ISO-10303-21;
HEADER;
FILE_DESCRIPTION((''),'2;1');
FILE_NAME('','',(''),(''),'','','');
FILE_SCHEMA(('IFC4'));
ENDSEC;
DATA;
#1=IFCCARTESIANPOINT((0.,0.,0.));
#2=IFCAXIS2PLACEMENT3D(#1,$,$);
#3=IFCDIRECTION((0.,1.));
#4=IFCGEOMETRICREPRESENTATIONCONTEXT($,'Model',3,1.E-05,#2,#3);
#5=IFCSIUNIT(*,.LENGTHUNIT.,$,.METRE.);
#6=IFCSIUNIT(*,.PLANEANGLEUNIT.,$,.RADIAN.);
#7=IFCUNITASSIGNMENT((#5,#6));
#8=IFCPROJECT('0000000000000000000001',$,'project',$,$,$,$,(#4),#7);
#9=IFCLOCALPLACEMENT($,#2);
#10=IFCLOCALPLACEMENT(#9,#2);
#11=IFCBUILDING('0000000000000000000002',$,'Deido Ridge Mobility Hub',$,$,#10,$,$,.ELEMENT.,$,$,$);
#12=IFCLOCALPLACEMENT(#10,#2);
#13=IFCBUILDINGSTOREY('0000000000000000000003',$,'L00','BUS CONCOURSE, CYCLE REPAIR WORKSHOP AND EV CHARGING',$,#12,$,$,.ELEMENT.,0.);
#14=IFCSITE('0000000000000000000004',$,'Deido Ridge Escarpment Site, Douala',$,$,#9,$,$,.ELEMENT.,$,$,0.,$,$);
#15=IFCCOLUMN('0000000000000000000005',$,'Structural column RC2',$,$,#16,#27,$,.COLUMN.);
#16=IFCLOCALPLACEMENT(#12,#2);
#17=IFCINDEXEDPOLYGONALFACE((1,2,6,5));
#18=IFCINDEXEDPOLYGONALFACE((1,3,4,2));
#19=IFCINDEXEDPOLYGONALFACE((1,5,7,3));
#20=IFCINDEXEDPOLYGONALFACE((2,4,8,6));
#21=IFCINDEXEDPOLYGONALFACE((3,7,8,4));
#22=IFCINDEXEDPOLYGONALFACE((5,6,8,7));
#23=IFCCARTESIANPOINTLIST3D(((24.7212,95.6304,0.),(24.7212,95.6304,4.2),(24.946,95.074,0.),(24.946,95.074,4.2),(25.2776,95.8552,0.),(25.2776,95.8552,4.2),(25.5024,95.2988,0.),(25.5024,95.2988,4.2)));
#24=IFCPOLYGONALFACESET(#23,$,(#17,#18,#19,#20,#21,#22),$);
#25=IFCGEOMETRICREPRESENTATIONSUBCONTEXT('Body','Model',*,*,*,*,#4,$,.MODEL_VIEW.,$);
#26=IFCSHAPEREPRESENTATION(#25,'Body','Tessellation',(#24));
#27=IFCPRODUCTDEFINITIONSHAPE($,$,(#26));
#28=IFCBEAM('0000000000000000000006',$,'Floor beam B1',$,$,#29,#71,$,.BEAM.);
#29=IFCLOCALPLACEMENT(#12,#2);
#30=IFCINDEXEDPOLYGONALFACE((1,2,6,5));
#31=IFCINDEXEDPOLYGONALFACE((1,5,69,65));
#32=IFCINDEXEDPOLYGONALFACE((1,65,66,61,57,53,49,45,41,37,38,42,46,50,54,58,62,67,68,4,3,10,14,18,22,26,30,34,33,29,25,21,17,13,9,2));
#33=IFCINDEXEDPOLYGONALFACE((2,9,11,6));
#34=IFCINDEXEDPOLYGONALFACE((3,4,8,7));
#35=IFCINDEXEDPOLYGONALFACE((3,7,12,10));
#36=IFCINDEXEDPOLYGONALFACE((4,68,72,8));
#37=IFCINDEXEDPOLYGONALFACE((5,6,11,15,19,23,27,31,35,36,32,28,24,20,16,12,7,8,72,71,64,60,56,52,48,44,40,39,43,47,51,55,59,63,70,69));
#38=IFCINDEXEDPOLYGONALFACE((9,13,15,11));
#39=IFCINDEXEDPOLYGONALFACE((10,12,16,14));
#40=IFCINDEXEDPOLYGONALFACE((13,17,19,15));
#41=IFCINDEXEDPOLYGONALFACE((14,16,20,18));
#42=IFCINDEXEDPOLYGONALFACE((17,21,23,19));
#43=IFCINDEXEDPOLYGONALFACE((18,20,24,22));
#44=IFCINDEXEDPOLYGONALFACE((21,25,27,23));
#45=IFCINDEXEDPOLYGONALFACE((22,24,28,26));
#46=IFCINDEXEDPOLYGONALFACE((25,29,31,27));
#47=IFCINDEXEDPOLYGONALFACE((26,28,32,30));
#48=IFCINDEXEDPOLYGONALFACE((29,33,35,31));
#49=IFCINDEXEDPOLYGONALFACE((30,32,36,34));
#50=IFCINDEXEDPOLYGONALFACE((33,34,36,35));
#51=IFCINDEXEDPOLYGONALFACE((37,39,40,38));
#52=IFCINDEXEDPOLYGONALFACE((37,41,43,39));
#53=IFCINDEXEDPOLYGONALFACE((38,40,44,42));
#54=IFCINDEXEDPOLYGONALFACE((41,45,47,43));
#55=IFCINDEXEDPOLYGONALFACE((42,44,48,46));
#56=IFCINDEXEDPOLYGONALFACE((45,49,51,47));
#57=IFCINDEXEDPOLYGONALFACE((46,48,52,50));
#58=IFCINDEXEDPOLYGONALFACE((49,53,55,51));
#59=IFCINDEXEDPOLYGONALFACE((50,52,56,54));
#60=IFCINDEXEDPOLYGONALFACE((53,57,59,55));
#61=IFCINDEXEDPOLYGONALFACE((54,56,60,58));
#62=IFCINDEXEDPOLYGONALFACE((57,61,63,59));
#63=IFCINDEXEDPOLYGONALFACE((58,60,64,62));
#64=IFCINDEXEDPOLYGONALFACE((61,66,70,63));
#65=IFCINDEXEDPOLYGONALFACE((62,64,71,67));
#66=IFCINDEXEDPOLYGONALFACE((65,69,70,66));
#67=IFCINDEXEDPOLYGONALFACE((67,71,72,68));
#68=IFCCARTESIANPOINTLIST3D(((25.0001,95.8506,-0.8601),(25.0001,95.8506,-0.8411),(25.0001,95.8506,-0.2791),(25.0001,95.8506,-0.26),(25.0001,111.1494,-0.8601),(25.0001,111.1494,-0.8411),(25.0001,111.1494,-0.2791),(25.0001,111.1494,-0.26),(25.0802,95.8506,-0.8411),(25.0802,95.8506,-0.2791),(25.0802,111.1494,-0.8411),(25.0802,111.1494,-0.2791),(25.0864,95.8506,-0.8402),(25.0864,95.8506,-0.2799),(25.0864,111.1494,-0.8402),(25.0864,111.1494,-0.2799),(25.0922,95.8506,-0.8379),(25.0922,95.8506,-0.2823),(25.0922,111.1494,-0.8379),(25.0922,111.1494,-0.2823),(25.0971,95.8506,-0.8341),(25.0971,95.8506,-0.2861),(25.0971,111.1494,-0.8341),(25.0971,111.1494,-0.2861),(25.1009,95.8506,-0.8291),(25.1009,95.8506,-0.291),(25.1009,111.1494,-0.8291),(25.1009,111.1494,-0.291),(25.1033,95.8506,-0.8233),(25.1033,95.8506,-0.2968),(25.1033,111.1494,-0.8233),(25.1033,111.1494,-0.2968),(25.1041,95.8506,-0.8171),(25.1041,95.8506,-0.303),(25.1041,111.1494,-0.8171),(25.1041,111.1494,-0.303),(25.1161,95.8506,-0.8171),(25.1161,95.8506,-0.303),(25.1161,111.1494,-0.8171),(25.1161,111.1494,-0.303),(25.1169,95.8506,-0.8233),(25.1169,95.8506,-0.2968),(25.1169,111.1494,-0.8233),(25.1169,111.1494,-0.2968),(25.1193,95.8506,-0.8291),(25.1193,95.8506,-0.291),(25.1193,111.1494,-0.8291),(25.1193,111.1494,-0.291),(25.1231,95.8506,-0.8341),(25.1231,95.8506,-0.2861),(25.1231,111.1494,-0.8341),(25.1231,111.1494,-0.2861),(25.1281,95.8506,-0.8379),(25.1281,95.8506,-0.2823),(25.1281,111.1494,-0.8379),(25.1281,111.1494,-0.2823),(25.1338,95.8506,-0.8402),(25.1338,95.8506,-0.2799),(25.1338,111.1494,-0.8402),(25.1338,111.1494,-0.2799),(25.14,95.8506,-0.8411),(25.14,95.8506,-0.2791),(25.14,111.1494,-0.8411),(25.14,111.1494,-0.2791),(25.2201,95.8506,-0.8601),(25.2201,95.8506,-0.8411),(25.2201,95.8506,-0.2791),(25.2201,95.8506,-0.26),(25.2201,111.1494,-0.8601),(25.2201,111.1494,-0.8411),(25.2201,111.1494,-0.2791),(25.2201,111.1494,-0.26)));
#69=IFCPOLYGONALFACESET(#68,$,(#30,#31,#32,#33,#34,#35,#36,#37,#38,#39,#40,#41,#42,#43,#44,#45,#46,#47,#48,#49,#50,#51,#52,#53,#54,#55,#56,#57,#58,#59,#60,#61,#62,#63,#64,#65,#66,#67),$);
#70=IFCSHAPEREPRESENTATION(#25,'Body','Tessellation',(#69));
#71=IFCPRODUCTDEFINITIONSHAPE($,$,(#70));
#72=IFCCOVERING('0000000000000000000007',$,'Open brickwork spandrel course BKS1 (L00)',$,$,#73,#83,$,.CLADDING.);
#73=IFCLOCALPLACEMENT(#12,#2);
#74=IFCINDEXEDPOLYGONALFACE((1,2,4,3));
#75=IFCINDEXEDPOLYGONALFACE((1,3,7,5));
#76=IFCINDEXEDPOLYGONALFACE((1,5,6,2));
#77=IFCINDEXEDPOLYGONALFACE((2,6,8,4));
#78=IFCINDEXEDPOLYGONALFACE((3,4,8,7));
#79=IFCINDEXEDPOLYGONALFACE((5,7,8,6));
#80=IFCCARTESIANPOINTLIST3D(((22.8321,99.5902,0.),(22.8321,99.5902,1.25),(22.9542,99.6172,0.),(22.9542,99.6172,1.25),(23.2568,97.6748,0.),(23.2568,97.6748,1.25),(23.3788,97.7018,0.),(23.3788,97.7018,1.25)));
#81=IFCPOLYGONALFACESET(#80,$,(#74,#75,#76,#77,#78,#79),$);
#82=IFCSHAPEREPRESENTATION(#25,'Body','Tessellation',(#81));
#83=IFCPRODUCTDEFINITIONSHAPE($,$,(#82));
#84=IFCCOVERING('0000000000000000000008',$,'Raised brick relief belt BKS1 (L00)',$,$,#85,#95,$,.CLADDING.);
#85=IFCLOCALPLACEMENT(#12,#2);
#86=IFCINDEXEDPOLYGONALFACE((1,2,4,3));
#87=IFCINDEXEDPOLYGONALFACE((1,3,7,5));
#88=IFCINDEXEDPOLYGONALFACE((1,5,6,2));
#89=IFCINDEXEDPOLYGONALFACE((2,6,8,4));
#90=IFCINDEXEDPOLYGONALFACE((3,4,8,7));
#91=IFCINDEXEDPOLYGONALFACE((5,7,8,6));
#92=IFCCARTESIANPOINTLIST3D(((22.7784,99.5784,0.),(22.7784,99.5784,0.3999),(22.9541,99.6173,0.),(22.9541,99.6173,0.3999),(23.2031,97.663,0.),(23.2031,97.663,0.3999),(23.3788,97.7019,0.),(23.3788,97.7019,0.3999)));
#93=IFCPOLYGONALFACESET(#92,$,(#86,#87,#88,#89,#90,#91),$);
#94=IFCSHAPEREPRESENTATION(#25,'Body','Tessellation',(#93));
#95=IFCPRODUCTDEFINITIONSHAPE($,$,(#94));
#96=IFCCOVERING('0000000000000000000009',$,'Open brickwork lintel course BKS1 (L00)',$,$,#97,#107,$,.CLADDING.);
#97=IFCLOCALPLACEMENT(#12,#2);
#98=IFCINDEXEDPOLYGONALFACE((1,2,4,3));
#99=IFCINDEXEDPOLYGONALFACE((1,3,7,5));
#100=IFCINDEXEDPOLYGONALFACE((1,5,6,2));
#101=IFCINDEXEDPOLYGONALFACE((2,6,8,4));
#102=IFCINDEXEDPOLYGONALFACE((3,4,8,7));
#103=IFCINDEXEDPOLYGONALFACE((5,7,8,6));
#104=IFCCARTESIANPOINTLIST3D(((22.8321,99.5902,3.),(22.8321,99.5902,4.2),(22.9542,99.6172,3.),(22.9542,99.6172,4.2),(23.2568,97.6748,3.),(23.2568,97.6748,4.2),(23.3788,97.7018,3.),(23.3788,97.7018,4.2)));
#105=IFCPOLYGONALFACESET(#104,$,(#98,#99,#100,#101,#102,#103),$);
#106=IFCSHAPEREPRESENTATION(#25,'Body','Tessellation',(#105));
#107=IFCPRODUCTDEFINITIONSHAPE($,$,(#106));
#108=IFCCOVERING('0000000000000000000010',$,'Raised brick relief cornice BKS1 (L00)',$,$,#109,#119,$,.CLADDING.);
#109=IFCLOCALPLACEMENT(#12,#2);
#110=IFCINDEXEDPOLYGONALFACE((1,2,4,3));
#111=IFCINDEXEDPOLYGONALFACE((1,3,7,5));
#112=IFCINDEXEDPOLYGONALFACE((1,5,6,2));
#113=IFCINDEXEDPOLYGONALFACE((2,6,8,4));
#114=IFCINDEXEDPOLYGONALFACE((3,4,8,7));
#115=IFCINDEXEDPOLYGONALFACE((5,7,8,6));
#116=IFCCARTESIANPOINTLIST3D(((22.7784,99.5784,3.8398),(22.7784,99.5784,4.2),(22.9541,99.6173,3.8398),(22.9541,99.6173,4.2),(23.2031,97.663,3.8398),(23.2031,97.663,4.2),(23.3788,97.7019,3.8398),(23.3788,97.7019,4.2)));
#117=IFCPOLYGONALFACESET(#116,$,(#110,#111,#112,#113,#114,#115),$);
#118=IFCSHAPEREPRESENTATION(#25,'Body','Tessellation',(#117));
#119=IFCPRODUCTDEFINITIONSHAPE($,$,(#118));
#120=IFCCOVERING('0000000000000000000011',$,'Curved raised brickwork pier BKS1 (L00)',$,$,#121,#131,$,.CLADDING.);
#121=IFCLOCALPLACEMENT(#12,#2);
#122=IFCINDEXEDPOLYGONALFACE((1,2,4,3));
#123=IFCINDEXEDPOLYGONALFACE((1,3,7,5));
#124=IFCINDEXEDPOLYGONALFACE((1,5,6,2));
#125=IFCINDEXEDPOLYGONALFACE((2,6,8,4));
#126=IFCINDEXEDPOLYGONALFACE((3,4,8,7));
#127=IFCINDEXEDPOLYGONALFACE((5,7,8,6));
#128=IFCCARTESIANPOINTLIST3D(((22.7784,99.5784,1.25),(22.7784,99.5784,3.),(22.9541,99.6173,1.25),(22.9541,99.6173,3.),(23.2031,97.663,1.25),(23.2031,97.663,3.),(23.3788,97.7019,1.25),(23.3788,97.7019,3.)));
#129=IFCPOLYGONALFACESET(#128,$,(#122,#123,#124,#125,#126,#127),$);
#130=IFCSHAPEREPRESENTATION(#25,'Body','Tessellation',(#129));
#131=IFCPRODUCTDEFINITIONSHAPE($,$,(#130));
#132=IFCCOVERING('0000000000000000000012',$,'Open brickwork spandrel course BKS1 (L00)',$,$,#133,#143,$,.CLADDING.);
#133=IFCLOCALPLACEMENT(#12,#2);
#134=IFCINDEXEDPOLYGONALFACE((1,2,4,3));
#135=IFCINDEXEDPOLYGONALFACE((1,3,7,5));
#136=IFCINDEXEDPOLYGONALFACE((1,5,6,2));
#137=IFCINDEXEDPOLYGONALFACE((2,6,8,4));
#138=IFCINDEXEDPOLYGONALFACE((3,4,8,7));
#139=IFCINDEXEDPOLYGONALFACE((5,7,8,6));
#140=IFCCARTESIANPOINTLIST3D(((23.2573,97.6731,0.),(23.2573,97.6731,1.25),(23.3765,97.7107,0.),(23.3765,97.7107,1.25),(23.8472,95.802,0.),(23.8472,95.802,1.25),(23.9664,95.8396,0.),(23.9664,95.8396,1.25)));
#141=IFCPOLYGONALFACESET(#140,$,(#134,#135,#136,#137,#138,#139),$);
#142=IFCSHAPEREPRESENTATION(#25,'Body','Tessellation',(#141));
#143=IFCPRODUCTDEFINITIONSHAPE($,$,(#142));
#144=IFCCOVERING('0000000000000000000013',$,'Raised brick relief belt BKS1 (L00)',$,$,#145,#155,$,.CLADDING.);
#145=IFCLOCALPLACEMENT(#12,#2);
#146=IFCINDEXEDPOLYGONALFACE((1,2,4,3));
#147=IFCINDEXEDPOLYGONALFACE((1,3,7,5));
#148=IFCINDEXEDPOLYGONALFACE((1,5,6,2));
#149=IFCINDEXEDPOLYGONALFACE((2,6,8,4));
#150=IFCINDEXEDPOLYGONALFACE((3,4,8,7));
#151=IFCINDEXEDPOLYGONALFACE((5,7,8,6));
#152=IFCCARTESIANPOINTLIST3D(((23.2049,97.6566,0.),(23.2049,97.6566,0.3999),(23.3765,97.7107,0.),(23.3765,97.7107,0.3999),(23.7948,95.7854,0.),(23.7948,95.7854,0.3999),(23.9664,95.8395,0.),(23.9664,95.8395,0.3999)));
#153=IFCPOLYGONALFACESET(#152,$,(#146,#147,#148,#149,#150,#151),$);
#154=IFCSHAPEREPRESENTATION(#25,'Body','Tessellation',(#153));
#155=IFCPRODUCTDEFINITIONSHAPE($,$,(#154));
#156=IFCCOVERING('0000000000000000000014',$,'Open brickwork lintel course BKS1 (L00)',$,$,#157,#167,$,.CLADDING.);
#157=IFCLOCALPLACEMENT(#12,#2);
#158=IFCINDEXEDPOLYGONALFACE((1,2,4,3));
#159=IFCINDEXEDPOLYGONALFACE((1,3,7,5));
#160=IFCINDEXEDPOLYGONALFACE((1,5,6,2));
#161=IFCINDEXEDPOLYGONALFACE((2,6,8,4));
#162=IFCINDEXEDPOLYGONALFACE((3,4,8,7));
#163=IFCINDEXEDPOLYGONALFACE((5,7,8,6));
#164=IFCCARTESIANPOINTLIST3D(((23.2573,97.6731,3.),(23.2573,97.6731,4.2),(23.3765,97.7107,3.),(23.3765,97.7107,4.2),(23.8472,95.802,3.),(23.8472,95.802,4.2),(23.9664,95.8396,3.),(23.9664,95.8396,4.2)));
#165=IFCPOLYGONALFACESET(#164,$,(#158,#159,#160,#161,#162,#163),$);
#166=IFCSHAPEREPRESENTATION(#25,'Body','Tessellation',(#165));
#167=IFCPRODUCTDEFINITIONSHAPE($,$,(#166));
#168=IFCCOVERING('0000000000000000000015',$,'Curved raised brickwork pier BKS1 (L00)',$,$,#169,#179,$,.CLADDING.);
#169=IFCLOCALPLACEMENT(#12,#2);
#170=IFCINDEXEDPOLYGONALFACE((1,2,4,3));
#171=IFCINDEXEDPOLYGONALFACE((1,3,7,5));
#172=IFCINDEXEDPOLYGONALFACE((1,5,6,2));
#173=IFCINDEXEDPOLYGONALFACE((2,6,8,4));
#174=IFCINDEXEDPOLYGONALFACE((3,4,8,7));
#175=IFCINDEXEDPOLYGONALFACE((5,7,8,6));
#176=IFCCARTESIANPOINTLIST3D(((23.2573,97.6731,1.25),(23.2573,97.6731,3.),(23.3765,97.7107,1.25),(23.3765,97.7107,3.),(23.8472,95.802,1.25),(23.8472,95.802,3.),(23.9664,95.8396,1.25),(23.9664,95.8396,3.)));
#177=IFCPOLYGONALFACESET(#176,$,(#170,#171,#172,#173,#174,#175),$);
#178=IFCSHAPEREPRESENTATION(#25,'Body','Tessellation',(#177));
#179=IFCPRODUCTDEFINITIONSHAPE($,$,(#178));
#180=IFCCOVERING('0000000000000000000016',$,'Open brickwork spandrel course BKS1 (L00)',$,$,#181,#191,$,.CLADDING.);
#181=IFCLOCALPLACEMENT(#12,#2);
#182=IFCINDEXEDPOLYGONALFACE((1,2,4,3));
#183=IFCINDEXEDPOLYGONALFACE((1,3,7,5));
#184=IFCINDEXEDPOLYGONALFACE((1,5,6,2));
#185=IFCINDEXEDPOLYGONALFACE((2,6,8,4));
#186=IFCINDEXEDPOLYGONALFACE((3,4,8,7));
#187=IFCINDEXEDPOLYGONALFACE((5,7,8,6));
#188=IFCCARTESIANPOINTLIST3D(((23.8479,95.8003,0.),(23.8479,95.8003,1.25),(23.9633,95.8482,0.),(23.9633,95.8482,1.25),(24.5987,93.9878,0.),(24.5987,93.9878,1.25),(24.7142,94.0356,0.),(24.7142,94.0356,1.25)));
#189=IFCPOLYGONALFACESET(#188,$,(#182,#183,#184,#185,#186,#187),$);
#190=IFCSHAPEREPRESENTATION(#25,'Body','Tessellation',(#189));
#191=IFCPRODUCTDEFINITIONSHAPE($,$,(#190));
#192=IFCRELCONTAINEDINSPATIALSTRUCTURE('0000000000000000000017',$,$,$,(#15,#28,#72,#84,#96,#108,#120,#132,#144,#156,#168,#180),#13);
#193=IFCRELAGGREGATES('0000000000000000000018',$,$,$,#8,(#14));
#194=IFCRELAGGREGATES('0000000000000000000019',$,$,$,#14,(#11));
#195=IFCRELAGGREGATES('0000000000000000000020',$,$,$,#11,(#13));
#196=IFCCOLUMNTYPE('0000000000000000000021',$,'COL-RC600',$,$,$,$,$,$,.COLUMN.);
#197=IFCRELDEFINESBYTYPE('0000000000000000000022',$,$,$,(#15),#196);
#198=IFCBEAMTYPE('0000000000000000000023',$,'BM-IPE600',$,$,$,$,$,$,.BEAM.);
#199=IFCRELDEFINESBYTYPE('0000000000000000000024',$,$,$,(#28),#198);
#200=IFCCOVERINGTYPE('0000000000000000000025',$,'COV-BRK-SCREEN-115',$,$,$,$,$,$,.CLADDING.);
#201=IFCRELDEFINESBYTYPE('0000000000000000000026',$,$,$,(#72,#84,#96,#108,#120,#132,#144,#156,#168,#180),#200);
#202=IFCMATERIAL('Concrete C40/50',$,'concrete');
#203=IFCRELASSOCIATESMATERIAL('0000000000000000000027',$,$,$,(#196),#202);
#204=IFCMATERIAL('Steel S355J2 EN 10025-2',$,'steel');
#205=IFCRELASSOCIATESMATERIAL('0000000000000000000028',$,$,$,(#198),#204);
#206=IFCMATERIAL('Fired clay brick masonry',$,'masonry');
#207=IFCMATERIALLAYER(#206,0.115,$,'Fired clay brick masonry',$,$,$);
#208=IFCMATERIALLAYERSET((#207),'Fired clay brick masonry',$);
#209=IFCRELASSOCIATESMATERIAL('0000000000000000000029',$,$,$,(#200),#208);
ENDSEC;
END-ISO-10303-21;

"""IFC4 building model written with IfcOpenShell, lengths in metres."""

from ifc_helpers import new_model, si_unit, direction, frame, origin, origin_2d, place, context, subcontext, project, spatial, rectangle, i_section, extrude, material, layer, layer_set, material_profile, profile_set, type_object, element, save


model = new_model("IFC4")

# Units and contexts
model_context = context("Model", 3, precision=1e-05, world=origin(), true_north=direction((0.0, 1.0)))
body_context = subcontext(model_context, "Body", "Model", "MODEL_VIEW")
ifc_project = project(units=[si_unit("LENGTHUNIT", "METRE"), si_unit("PLANEANGLEUNIT", "RADIAN")], contexts=[model_context])

# Site, building, storey
site_placement = place(None, origin())
site = spatial("IfcSite", under=ifc_project, at=site_placement, Name="Deido Ridge Escarpment Site, Douala", CompositionType="ELEMENT", RefElevation=0.0)
building_placement = place(site_placement, origin())
building = spatial("IfcBuilding", under=site, at=building_placement, Name="Deido Ridge Mobility Hub", CompositionType="ELEMENT")
storey_placement = place(building_placement, origin())
storey = spatial("IfcBuildingStorey", under=building, at=storey_placement, Name="L00", Description="BUS CONCOURSE, CYCLE REPAIR WORKSHOP AND EV CHARGING", CompositionType="ELEMENT", Elevation=0.0)

# Column
ifc_material_1 = material(Name="Concrete C40/50", Category="concrete")
ifc_material_profile_1 = material_profile(ifc_material_1, rectangle(XDim=0.6001, YDim=0.6001, at=origin_2d()), Name="RC COL 600x600")
ifc_profile_set_1 = profile_set([ifc_material_profile_1], Name="Concrete C40/50")
column_type = type_object("IfcColumnType", Name="COL-RC600", PredefinedType="COLUMN", material=ifc_profile_set_1)
column_placement = place(storey_placement, frame((25.1118, 95.4646, 0.0), z_axis=(0.0, 0.0, 1.0), x_axis=(-0.927184, -0.374607, 0.0)))
element("IfcColumn", 1, at=column_placement, inside=storey, type_object=column_type, Name="Structural column RC2", PredefinedType="COLUMN", context=body_context, shape_type="SweptSolid", body=[
    extrude(rectangle(XDim=0.6001, YDim=0.6001, at=origin_2d()), origin(), (0.0, 0.0, 1.0), 4.2),
])

# Beam
ifc_material_2 = material(Name="Steel S355J2 EN 10025-2", Category="steel")
ifc_material_profile_2 = material_profile(ifc_material_2, i_section(OverallWidth=0.22, OverallDepth=0.6001, WebThickness=0.012, FlangeThickness=0.019, FilletRadius=0.0239, at=origin_2d()), Name="IPE 600")
ifc_profile_set_2 = profile_set([ifc_material_profile_2], Name="Steel S355J2 EN 10025-2")
beam_type = type_object("IfcBeamType", Name="BM-IPE600", PredefinedType="BEAM", material=ifc_profile_set_2)
beam_placement = place(storey_placement, frame((25.1101, 95.8506, -0.5601), z_axis=(0.0, 1.0, 0.0), x_axis=(-1.0, 0.0, 0.0)))
element("IfcBeam", 2, at=beam_placement, inside=storey, type_object=beam_type, Name="Floor beam B1", PredefinedType="BEAM", context=body_context, shape_type="SweptSolid", body=[
    extrude(i_section(OverallWidth=0.22, OverallDepth=0.6001, WebThickness=0.012, FlangeThickness=0.019, FilletRadius=0.0239, at=origin_2d()), origin(), (0.0, 0.0, 1.0), 15.2988),
])

# Coverings
ifc_material_3 = material(Name="Fired clay brick masonry", Category="masonry")
ifc_layer = layer(ifc_material_3, 0.115, Name="Fired clay brick masonry")
ifc_layer_set = layer_set([ifc_layer], Name="Fired clay brick masonry")
covering_type = type_object("IfcCoveringType", Name="COV-BRK-SCREEN-115", PredefinedType="CLADDING", material=ifc_layer_set)
covering_1_placement = place(storey_placement, frame((23.1055, 98.646, 0.0), z_axis=(0.0, 0.0, 1.0), x_axis=(0.216457, -0.976292, 0.0)))
element("IfcCovering", 3, at=covering_1_placement, inside=storey, type_object=covering_type, Name="Open brickwork spandrel course BKS1 (L00)", PredefinedType="CLADDING", context=body_context, shape_type="SweptSolid", body=[
    extrude(rectangle(XDim=1.9619, YDim=0.125, at=origin_2d()), origin(), (0.0, 0.0, 1.0), 1.25),
])
covering_2_placement = place(storey_placement, frame((23.0786, 98.6401, 0.0), z_axis=(0.0, 0.0, 1.0), x_axis=(0.216457, -0.976292, 0.0)))
element("IfcCovering", 4, at=covering_2_placement, inside=storey, type_object=covering_type, Name="Raised brick relief belt BKS1 (L00)", PredefinedType="CLADDING", context=body_context, shape_type="SweptSolid", body=[
    extrude(rectangle(XDim=1.9619, YDim=0.1799, at=origin_2d()), origin(), (0.0, 0.0, 1.0), 0.3999),
])
covering_3_placement = place(storey_placement, frame((23.1055, 98.646, 3.0), z_axis=(0.0, 0.0, 1.0), x_axis=(0.216457, -0.976292, 0.0)))
element("IfcCovering", 5, at=covering_3_placement, inside=storey, type_object=covering_type, Name="Open brickwork lintel course BKS1 (L00)", PredefinedType="CLADDING", context=body_context, shape_type="SweptSolid", body=[
    extrude(rectangle(XDim=1.9619, YDim=0.125, at=origin_2d()), origin(), (0.0, 0.0, 1.0), 1.2),
])
covering_4_placement = place(storey_placement, frame((23.0786, 98.6401, 3.8398), z_axis=(0.0, 0.0, 1.0), x_axis=(0.216457, -0.976292, 0.0)))
element("IfcCovering", 6, at=covering_4_placement, inside=storey, type_object=covering_type, Name="Raised brick relief cornice BKS1 (L00)", PredefinedType="CLADDING", context=body_context, shape_type="SweptSolid", body=[
    extrude(rectangle(XDim=1.9619, YDim=0.1799, at=origin_2d()), origin(), (0.0, 0.0, 1.0), 0.3601),
])
covering_5_placement = place(storey_placement, frame((23.0786, 98.6401, 1.25), z_axis=(0.0, 0.0, 1.0), x_axis=(0.216457, -0.976292, 0.0)))
element("IfcCovering", 7, at=covering_5_placement, inside=storey, type_object=covering_type, Name="Curved raised brickwork pier BKS1 (L00)", PredefinedType="CLADDING", context=body_context, shape_type="SweptSolid", body=[
    extrude(rectangle(XDim=1.9619, YDim=0.1799, at=origin_2d()), origin(), (0.0, 0.0, 1.0), 1.75),
])
covering_6_placement = place(storey_placement, frame((23.6118, 96.7563, 0.0), z_axis=(0.0, 0.0, 1.0), x_axis=(0.300673, -0.953727, 0.0)))
element("IfcCovering", 8, at=covering_6_placement, inside=storey, type_object=covering_type, Name="Open brickwork spandrel course BKS1 (L00)", PredefinedType="CLADDING", context=body_context, shape_type="SweptSolid", body=[
    extrude(rectangle(XDim=1.9619, YDim=0.125, at=origin_2d()), origin(), (0.0, 0.0, 1.0), 1.25),
])
covering_7_placement = place(storey_placement, frame((23.5857, 96.748, 0.0), z_axis=(0.0, 0.0, 1.0), x_axis=(0.300673, -0.953727, 0.0)))
element("IfcCovering", 9, at=covering_7_placement, inside=storey, type_object=covering_type, Name="Raised brick relief belt BKS1 (L00)", PredefinedType="CLADDING", context=body_context, shape_type="SweptSolid", body=[
    extrude(rectangle(XDim=1.9619, YDim=0.1799, at=origin_2d()), origin(), (0.0, 0.0, 1.0), 0.3999),
])
covering_8_placement = place(storey_placement, frame((23.6118, 96.7563, 3.0), z_axis=(0.0, 0.0, 1.0), x_axis=(0.300673, -0.953727, 0.0)))
element("IfcCovering", 10, at=covering_8_placement, inside=storey, type_object=covering_type, Name="Open brickwork lintel course BKS1 (L00)", PredefinedType="CLADDING", context=body_context, shape_type="SweptSolid", body=[
    extrude(rectangle(XDim=1.9619, YDim=0.125, at=origin_2d()), origin(), (0.0, 0.0, 1.0), 1.2),
])
covering_9_placement = place(storey_placement, frame((23.6118, 96.7563, 1.25), z_axis=(0.0, 0.0, 1.0), x_axis=(0.300673, -0.953727, 0.0)))
element("IfcCovering", 11, at=covering_9_placement, inside=storey, type_object=covering_type, Name="Curved raised brickwork pier BKS1 (L00)", PredefinedType="CLADDING", context=body_context, shape_type="SweptSolid", body=[
    extrude(rectangle(XDim=1.9619, YDim=0.125, at=origin_2d()), origin(), (0.0, 0.0, 1.0), 1.75),
])
covering_10_placement = place(storey_placement, frame((24.281, 94.918, 0.0), z_axis=(0.0, 0.0, 1.0), x_axis=(0.3827, -0.923873, 0.0)))
element("IfcCovering", 12, at=covering_10_placement, inside=storey, type_object=covering_type, Name="Open brickwork spandrel course BKS1 (L00)", PredefinedType="CLADDING", context=body_context, shape_type="SweptSolid", body=[
    extrude(rectangle(XDim=1.9619, YDim=0.125, at=origin_2d()), origin(), (0.0, 0.0, 1.0), 1.25),
])

save(model, "model.ifc")
